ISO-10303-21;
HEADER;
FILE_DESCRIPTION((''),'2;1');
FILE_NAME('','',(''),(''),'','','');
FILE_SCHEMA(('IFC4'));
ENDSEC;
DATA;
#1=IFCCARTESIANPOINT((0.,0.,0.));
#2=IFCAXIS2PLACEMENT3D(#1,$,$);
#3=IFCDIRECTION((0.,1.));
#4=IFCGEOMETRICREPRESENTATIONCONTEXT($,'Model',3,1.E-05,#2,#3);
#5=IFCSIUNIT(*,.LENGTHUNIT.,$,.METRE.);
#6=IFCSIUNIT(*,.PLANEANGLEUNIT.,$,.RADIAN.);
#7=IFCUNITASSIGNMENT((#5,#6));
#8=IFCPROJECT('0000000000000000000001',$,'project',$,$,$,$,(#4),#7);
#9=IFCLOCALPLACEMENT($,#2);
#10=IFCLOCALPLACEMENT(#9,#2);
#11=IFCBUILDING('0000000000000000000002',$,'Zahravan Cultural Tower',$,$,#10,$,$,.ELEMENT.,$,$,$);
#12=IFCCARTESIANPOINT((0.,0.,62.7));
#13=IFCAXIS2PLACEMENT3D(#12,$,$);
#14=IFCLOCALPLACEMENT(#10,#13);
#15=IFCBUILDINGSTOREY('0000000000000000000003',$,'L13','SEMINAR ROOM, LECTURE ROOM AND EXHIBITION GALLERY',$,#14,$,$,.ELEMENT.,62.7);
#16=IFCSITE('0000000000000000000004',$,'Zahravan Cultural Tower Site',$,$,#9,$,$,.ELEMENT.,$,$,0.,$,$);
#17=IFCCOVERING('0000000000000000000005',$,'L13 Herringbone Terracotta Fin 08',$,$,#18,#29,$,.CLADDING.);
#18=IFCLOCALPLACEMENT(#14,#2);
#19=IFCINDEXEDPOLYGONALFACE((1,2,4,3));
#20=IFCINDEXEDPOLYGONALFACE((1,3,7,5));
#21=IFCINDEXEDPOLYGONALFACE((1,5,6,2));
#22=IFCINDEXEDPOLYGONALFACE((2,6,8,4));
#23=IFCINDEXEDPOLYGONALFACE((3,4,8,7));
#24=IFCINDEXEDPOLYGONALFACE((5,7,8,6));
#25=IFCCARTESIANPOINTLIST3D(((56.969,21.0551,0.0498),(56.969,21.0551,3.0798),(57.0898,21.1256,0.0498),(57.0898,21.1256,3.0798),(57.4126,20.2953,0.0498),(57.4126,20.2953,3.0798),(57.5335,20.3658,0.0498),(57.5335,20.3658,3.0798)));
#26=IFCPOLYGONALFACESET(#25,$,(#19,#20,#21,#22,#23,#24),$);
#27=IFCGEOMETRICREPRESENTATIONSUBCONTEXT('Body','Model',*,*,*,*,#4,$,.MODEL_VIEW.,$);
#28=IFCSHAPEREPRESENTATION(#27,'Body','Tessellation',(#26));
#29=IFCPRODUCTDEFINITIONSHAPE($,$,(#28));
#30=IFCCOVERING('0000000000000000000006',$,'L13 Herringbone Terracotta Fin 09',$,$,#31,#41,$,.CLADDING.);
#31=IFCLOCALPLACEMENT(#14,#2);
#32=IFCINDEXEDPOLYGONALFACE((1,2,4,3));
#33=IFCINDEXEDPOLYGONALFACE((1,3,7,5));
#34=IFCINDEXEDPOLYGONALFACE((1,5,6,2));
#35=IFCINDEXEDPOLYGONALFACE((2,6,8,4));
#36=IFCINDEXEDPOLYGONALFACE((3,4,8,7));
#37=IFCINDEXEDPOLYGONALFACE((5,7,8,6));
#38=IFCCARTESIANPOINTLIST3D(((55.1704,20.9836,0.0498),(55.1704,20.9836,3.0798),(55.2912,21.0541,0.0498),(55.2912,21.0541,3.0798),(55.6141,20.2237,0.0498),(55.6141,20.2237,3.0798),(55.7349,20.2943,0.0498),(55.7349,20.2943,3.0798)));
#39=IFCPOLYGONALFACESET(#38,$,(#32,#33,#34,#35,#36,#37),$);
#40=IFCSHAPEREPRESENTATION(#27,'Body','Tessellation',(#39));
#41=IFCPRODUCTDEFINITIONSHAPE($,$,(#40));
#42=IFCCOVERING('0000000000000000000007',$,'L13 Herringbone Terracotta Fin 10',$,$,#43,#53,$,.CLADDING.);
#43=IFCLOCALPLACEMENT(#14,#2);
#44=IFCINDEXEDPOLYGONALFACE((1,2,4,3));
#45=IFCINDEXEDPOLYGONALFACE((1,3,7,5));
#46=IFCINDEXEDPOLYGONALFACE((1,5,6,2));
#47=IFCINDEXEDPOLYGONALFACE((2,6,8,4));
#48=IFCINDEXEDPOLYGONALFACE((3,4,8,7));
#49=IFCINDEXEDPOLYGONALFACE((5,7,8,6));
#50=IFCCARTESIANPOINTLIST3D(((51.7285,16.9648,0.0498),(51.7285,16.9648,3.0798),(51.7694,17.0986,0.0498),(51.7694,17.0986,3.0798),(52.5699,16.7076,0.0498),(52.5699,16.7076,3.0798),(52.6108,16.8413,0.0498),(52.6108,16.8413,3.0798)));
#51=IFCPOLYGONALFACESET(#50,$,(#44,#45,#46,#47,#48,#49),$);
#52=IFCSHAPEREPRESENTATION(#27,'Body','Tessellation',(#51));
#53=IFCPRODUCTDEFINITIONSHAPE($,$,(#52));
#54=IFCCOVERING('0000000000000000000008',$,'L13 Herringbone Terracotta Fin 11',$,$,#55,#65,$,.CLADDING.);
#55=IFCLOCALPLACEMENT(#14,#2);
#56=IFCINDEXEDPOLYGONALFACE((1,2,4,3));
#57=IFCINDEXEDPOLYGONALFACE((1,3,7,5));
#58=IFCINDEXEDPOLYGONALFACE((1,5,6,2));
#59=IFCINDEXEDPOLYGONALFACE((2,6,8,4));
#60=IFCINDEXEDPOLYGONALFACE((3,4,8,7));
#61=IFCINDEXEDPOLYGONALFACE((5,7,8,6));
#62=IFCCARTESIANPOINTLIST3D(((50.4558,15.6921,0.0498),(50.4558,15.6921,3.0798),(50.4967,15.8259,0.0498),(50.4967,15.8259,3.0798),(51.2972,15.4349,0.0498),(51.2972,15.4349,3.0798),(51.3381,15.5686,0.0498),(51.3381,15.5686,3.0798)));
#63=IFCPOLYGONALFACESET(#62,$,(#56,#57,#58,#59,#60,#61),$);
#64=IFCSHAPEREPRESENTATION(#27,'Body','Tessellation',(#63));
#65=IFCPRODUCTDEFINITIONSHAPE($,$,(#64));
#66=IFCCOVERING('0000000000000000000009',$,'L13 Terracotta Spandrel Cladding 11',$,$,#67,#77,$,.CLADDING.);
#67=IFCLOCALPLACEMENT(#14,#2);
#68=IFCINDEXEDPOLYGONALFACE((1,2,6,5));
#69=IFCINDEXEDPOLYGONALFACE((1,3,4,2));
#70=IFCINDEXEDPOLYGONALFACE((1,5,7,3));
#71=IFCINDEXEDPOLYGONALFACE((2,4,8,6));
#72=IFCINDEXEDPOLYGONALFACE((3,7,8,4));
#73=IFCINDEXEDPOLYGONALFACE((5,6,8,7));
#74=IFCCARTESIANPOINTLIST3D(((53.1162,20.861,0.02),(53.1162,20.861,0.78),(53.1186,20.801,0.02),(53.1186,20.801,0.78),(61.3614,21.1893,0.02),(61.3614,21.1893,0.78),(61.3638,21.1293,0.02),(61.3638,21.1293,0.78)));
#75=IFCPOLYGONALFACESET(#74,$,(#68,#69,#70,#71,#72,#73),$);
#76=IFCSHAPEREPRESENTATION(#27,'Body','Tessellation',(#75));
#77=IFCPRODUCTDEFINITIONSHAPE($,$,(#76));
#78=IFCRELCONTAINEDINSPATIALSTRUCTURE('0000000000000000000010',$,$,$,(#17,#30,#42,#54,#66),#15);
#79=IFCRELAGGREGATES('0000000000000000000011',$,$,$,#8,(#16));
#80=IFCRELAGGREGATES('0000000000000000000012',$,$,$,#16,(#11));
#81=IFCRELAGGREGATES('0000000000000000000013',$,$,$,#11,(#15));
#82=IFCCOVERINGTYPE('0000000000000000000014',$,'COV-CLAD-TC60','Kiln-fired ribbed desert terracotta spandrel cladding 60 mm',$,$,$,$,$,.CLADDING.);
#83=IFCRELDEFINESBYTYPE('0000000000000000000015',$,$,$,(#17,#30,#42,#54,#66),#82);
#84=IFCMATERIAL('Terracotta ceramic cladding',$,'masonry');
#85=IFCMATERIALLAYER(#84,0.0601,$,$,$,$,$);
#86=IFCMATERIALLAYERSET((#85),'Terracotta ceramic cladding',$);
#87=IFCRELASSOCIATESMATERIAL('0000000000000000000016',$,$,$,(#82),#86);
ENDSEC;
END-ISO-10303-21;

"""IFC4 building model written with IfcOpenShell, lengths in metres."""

from ifc_helpers import new_model, si_unit, direction, frame, origin, origin_2d, place, context, subcontext, project, spatial, rectangle, extrude, source, transform, mapped, material, layer, layer_set, type_object, element, save


model = new_model("IFC4")

# Units and contexts
model_context = context("Model", 3, precision=1e-05, world=origin(), true_north=direction((0.0, 1.0)))
body_context = subcontext(model_context, "Body", "Model", "MODEL_VIEW")
ifc_project = project(units=[si_unit("LENGTHUNIT", "METRE"), si_unit("PLANEANGLEUNIT", "RADIAN")], contexts=[model_context])

# Site, building, storey
site_placement = place(None, origin())
site = spatial("IfcSite", under=ifc_project, at=site_placement, Name="Zahravan Cultural Tower Site", CompositionType="ELEMENT", RefElevation=0.0)
building_placement = place(site_placement, origin())
building = spatial("IfcBuilding", under=site, at=building_placement, Name="Zahravan Cultural Tower", CompositionType="ELEMENT")
storey_placement = place(building_placement, frame((0.0, 0.0, 62.7)))
storey = spatial("IfcBuildingStorey", under=building, at=storey_placement, Name="L13", Description="SEMINAR ROOM, LECTURE ROOM AND EXHIBITION GALLERY", CompositionType="ELEMENT", Elevation=62.7)

# Coverings
ifc_material_1 = material(Name="Terracotta ceramic cladding", Category="masonry")
ifc_layer_1 = layer(ifc_material_1, 0.0601)
ifc_layer_set_1 = layer_set([ifc_layer_1], Name="Terracotta ceramic cladding")
covering_type = type_object("IfcCoveringType", Name="COV-CLAD-TC60", Description="Kiln-fired ribbed desert terracotta spandrel cladding 60 mm", PredefinedType="CLADDING", material=ifc_layer_set_1)
shared_shape_1 = source(origin(), body_context, "Body", "SweptSolid", [
    extrude(rectangle(XDim=0.8799, YDim=0.1399, at=origin_2d()), origin(), (0.0, 0.0, 1.0), 3.03),
])
for number, where, z_axis, x_axis, name in (
    (1, (57.2512, 20.7104, 0.0498), (0.0, 0.0, 1.0), (0.504226, -0.863572, 0.0), "L13 Herringbone Terracotta Fin 08"),
    (2, (55.4526, 20.6389, 0.0498), (0.0, 0.0, 1.0), (0.504226, -0.863572, 0.0), "L13 Herringbone Terracotta Fin 09"),
    (3, (52.1697, 16.9031, 0.0498), (0.0, 0.0, 1.0), (0.956305, -0.292372, 0.0), "L13 Herringbone Terracotta Fin 10"),
    (4, (50.897, 15.6304, 0.0498), (0.0, 0.0, 1.0), (0.956305, -0.292372, 0.0), "L13 Herringbone Terracotta Fin 11"),
):
    element("IfcCovering", number, at=place(storey_placement, frame(where, z_axis=z_axis, x_axis=x_axis)), inside=storey, type_object=covering_type, Name=name, PredefinedType="CLADDING", context=body_context, shape_type="MappedRepresentation", body=[
        mapped(shared_shape_1, transform((0.0, 0.0, 0.0), x_axis=(1.0, 0.0, 0.0), y_axis=(0.0, 1.0, 0.0), z_axis=(0.0, 0.0, 1.0), scale=1.0)),
    ])
shared_shape_2 = source(origin(), body_context, "Body", "SweptSolid", [
    extrude(rectangle(XDim=8.2517, YDim=0.0601, at=origin_2d()), origin(), (0.0, 0.0, 1.0), 0.76),
])
covering_1_placement = place(storey_placement, frame((57.24, 20.9951, 0.02), z_axis=(0.0, 0.0, 1.0), x_axis=(-0.999208, -0.039783, 0.0)))
element("IfcCovering", 5, at=covering_1_placement, inside=storey, type_object=covering_type, Name="L13 Terracotta Spandrel Cladding 11", PredefinedType="CLADDING", context=body_context, shape_type="MappedRepresentation", body=[
    mapped(shared_shape_2, transform((0.0, 0.0, 0.0), x_axis=(1.0, 0.0, 0.0), y_axis=(0.0, 1.0, 0.0), z_axis=(0.0, 0.0, 1.0), scale=1.0)),
])

save(model, "model.ifc")
